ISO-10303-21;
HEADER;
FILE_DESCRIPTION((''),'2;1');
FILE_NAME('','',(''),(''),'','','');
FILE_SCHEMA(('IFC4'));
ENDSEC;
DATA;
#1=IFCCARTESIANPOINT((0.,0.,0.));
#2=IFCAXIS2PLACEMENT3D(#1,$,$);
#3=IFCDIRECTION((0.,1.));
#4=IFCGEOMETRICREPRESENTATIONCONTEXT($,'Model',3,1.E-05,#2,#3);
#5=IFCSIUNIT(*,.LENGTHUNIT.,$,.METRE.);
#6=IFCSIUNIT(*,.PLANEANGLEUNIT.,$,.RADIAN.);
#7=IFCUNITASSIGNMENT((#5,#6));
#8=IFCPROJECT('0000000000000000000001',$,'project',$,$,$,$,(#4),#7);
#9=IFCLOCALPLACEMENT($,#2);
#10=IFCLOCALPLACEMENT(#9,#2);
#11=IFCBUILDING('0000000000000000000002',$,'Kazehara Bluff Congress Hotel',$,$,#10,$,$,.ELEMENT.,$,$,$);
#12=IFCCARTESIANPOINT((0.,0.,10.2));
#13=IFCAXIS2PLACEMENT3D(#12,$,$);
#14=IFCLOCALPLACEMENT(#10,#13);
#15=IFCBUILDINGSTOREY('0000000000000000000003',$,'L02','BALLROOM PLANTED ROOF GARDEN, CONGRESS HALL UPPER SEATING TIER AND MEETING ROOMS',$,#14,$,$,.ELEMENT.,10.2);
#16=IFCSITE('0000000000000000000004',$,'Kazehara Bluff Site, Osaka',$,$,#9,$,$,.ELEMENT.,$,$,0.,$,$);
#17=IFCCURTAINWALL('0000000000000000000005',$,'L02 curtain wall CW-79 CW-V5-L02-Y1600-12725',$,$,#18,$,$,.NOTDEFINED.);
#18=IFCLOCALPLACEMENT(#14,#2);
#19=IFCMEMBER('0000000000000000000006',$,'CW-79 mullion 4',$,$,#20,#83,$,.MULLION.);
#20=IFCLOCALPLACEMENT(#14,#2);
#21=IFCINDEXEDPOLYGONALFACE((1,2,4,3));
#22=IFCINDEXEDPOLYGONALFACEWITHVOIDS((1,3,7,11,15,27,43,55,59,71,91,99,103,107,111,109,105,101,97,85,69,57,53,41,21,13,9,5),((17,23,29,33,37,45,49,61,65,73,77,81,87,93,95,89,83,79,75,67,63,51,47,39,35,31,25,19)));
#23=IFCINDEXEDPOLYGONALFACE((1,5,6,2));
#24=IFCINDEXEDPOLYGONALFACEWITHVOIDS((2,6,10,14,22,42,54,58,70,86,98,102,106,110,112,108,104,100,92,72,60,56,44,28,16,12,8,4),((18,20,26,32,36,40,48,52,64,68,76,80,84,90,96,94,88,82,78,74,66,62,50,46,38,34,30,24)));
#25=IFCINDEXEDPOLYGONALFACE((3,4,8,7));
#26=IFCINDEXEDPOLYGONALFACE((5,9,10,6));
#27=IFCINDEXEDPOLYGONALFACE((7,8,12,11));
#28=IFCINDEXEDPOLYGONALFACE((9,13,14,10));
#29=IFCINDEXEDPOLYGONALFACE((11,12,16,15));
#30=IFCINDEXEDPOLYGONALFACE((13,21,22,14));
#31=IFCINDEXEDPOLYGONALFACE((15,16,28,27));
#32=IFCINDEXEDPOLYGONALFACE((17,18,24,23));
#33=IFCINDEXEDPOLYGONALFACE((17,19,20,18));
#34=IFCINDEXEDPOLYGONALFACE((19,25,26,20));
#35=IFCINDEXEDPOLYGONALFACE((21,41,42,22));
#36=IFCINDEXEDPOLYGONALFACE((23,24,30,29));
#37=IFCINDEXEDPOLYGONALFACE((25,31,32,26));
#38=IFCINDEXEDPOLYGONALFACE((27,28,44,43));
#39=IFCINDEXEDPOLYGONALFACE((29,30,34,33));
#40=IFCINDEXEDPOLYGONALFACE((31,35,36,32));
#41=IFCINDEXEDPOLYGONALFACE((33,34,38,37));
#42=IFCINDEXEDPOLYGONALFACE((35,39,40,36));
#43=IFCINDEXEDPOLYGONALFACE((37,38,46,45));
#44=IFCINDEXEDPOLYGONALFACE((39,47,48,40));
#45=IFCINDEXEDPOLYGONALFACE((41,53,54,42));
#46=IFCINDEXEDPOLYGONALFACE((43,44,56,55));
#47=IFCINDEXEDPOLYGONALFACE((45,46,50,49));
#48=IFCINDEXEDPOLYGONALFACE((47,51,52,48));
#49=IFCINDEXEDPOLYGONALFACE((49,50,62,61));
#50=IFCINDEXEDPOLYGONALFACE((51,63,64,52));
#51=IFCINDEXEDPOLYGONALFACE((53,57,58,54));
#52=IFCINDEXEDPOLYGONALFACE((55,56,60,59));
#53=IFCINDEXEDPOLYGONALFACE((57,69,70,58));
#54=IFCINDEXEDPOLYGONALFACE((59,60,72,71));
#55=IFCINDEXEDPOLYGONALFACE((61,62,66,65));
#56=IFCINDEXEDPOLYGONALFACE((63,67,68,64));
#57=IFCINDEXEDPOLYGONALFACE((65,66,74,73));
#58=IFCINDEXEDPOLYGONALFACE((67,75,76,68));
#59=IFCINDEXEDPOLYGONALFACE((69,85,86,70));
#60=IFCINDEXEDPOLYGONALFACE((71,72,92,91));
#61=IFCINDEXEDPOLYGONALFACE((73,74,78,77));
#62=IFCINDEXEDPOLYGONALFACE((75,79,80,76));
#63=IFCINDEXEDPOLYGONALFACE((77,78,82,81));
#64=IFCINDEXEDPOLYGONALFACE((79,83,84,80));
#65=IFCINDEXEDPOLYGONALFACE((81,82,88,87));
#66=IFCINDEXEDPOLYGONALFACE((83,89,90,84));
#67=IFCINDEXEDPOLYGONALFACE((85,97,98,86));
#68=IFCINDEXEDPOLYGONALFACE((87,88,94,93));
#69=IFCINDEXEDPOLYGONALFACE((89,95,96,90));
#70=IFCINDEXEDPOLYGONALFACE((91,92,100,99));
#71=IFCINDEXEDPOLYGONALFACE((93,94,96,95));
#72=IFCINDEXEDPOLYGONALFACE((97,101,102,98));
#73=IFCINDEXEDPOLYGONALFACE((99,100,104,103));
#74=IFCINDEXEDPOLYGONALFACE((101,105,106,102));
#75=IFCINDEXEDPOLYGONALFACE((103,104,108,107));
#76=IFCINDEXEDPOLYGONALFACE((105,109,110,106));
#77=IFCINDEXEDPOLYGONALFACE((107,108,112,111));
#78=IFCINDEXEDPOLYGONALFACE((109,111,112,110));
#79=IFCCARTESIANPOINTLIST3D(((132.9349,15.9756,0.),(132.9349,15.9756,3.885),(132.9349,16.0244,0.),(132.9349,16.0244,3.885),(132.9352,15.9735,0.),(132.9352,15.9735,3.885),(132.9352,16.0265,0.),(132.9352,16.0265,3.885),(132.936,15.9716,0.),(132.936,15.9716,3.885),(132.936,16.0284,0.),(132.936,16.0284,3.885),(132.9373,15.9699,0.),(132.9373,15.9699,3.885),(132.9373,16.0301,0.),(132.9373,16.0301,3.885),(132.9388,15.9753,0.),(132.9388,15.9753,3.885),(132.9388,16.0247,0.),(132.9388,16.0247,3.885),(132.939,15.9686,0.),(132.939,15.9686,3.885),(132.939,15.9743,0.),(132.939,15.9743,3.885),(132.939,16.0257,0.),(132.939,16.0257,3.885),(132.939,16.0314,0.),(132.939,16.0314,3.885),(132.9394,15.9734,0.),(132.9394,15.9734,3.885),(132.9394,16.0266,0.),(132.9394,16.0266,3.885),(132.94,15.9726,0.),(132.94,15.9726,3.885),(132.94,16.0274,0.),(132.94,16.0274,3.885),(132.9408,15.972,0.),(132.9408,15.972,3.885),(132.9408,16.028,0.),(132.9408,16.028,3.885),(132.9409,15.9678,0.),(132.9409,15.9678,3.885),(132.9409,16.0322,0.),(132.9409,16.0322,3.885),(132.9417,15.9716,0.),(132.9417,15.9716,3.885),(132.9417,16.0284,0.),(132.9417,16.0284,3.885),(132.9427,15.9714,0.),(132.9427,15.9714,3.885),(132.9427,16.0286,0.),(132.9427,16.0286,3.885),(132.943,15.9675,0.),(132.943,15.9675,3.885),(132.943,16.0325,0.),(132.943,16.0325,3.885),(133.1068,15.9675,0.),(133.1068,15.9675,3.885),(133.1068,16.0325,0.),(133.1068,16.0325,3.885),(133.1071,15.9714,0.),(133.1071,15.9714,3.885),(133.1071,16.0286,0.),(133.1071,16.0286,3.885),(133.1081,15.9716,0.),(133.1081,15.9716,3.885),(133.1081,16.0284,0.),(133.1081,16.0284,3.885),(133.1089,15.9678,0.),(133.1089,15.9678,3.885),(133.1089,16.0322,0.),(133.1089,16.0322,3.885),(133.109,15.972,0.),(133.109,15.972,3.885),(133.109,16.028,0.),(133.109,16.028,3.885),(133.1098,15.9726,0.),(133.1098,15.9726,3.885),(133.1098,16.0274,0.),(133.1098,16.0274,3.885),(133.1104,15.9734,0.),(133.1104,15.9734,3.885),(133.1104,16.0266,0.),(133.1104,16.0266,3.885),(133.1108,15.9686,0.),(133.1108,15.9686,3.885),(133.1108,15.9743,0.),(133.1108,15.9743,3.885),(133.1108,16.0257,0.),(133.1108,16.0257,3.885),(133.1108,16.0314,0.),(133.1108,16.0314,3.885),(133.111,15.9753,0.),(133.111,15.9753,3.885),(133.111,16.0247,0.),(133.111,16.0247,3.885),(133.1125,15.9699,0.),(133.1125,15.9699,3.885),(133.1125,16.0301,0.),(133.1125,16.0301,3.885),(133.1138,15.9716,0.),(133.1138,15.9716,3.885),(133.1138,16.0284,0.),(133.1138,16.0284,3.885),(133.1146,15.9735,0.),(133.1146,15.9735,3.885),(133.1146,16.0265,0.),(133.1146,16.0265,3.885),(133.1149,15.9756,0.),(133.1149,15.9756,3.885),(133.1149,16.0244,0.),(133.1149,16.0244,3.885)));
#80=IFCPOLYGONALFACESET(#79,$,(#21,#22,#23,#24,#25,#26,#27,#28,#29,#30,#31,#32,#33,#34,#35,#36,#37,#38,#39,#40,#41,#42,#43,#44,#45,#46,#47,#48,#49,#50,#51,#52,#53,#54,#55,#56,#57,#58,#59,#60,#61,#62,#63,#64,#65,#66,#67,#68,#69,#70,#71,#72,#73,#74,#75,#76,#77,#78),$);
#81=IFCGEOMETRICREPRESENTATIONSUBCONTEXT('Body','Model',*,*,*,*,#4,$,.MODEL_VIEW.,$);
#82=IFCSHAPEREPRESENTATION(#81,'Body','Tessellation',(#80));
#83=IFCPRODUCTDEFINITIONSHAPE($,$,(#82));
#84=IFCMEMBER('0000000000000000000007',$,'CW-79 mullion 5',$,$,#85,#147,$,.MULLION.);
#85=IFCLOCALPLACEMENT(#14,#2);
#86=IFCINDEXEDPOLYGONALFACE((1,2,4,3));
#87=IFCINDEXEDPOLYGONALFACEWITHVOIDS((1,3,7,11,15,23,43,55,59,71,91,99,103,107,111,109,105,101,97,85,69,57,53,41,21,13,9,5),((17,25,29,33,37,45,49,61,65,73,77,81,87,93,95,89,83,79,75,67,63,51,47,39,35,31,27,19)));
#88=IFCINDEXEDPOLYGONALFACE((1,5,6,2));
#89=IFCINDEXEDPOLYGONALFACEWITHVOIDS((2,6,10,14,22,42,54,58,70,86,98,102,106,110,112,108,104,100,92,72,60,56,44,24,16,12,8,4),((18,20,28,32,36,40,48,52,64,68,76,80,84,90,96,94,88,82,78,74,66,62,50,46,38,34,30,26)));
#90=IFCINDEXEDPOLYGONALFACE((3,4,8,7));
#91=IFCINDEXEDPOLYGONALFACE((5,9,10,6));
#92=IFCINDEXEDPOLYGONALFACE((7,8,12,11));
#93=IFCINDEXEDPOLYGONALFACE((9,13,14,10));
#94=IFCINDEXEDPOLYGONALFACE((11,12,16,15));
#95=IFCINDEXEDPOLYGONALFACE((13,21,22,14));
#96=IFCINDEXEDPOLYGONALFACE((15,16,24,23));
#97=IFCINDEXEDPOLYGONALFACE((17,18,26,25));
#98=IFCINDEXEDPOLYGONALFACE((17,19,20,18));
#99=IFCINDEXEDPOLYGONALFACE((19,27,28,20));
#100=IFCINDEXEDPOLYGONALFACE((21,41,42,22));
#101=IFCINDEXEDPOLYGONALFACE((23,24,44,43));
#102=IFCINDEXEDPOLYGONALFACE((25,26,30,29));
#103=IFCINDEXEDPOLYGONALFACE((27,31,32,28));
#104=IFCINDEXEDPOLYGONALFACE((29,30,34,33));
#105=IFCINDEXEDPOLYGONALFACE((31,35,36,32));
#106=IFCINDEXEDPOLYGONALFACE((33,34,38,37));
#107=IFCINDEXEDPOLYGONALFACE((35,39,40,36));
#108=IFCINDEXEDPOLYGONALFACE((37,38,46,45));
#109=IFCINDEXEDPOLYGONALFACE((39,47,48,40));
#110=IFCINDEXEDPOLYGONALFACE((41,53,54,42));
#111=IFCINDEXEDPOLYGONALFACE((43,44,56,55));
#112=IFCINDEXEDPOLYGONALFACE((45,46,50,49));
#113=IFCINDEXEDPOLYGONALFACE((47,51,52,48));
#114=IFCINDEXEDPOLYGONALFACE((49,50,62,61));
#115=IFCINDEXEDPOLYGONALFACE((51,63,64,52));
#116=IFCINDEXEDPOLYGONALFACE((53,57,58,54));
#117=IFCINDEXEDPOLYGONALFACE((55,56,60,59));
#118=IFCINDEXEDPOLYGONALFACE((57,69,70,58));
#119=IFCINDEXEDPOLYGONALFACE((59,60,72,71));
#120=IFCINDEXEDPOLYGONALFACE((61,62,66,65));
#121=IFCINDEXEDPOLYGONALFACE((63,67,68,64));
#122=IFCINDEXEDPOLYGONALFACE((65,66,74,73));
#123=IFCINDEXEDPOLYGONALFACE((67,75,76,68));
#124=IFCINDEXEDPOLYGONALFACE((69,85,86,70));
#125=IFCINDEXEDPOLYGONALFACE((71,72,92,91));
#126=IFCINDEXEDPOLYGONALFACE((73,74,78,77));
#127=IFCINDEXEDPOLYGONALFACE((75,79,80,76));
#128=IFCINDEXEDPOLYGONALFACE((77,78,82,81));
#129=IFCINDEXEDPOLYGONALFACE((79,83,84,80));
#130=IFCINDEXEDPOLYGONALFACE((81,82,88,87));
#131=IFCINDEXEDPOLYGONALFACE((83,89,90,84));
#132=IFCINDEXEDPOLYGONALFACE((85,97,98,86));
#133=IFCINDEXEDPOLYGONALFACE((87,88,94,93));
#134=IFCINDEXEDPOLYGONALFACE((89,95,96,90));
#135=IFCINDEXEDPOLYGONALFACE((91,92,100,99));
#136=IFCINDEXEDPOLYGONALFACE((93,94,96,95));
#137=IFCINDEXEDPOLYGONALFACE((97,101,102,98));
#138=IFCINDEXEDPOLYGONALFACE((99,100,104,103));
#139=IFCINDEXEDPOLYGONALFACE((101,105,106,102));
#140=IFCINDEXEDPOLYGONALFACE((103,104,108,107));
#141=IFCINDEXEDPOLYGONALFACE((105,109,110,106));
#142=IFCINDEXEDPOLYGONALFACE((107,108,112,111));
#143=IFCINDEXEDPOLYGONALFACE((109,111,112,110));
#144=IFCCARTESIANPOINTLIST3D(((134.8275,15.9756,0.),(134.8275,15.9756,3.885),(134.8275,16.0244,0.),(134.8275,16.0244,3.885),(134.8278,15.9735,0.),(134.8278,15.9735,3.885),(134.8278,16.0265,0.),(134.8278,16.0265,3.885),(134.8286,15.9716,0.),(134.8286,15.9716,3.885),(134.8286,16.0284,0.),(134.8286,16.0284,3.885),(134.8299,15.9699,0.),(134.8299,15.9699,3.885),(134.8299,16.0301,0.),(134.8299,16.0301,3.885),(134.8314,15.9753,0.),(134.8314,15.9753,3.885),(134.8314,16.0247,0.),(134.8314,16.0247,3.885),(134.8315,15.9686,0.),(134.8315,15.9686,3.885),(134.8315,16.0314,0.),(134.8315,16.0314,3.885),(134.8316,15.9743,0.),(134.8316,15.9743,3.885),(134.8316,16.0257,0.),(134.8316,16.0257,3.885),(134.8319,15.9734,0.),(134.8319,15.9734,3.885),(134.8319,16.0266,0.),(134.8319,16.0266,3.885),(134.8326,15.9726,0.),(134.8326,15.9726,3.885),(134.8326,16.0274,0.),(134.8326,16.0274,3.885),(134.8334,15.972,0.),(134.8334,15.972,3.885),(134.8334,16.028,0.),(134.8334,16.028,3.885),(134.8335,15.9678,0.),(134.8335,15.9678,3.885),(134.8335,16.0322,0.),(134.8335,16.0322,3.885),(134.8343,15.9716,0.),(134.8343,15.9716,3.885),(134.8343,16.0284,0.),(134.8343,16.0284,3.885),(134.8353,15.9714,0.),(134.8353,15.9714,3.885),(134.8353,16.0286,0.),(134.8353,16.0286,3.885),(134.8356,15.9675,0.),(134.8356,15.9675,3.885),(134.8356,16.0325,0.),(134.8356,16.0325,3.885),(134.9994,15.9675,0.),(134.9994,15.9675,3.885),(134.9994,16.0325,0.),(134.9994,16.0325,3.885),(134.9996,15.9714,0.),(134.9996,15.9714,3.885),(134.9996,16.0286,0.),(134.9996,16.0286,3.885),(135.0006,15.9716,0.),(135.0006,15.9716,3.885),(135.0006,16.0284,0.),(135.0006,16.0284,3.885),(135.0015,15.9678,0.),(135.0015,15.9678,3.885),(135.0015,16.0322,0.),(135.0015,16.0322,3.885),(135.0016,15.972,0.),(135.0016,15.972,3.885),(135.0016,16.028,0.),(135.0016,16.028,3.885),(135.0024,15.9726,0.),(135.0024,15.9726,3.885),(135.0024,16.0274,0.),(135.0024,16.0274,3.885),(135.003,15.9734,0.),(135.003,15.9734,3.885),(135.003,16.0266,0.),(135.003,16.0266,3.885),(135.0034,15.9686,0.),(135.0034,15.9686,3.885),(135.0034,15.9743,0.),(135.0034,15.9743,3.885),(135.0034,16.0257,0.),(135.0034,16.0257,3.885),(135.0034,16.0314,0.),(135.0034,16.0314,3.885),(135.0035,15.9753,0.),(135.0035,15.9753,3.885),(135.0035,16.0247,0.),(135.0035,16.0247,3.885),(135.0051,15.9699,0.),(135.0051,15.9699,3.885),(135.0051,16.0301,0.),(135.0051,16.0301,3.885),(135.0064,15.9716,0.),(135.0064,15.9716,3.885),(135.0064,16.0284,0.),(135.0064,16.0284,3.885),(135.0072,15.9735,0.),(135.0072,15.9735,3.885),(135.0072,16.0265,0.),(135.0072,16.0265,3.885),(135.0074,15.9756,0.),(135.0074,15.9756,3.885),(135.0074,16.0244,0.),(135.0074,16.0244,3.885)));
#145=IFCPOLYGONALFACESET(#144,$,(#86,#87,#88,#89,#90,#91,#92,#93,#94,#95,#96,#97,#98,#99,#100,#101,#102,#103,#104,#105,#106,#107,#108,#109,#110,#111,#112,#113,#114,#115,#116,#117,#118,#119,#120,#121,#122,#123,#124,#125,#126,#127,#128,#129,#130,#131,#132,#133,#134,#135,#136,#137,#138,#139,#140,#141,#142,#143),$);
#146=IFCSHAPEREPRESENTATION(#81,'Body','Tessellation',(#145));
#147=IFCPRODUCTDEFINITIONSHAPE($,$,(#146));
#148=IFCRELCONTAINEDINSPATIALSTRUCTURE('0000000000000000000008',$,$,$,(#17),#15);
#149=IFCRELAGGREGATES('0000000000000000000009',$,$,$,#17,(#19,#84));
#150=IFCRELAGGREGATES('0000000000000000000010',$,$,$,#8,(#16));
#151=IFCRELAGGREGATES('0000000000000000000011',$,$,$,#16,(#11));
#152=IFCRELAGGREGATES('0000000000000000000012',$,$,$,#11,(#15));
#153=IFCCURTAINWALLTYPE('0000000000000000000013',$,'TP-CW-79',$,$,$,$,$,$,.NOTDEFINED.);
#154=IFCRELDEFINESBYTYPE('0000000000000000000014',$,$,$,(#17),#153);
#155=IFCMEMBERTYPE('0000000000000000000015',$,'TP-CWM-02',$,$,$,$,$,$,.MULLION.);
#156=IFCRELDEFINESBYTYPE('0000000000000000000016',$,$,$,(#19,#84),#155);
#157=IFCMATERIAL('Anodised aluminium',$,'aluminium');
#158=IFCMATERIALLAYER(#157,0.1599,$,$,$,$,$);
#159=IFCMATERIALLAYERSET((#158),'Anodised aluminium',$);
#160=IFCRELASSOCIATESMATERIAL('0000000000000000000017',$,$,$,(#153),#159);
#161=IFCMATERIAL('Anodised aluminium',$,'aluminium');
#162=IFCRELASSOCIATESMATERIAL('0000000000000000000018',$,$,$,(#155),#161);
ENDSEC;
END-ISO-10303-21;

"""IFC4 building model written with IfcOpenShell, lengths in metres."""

from ifc_helpers import new_model, si_unit, direction, frame, origin, origin_2d, place, context, subcontext, project, spatial, hollow_rectangle, extrude, material, layer, layer_set, material_profile, profile_set, type_object, element, aggregate, save


model = new_model("IFC4")

# Units and contexts
model_context = context("Model", 3, precision=1e-05, world=origin(), true_north=direction((0.0, 1.0)))
body_context = subcontext(model_context, "Body", "Model", "MODEL_VIEW")
ifc_project = project(units=[si_unit("LENGTHUNIT", "METRE"), si_unit("PLANEANGLEUNIT", "RADIAN")], contexts=[model_context])

# Site, building, storey
site_placement = place(None, origin())
site = spatial("IfcSite", under=ifc_project, at=site_placement, Name="Kazehara Bluff Site, Osaka", CompositionType="ELEMENT", RefElevation=0.0)
building_placement = place(site_placement, origin())
building = spatial("IfcBuilding", under=site, at=building_placement, Name="Kazehara Bluff Congress Hotel", CompositionType="ELEMENT")
storey_placement = place(building_placement, frame((0.0, 0.0, 10.2)))
storey = spatial("IfcBuildingStorey", under=building, at=storey_placement, Name="L02", Description="BALLROOM PLANTED ROOF GARDEN, CONGRESS HALL UPPER SEATING TIER AND MEETING ROOMS", CompositionType="ELEMENT", Elevation=10.2)

# Curtain wall, members
ifc_material_1 = material(Name="Anodised aluminium", Category="aluminium")
ifc_layer_1 = layer(ifc_material_1, 0.1599)
ifc_layer_set_1 = layer_set([ifc_layer_1], Name="Anodised aluminium")
curtain_wall_type_1 = type_object("IfcCurtainWallType", Name="TP-CW-79", PredefinedType="NOTDEFINED", material=ifc_layer_set_1)
curtain_wall_1_placement = place(storey_placement, origin())
curtain_wall_1 = element("IfcCurtainWall", 1, at=curtain_wall_1_placement, inside=storey, type_object=curtain_wall_type_1, Name="L02 curtain wall CW-79 CW-V5-L02-Y1600-12725", PredefinedType="NOTDEFINED")
ifc_material_2 = material(Name="Anodised aluminium", Category="aluminium")
ifc_material_profile_1 = material_profile(ifc_material_2, hollow_rectangle(XDim=0.0649, YDim=0.1799, WallThickness=0.0039, InnerFilletRadius=0.0039, OuterFilletRadius=0.0081, at=origin_2d()))
ifc_profile_set_1 = profile_set([ifc_material_profile_1], Name="Anodised aluminium")
member_type_1 = type_object("IfcMemberType", Name="TP-CWM-02", PredefinedType="MULLION", material=ifc_profile_set_1)
member_1_placement = place(storey_placement, frame((133.0249, 16.0, 0.0), z_axis=(0.0, 0.0, 1.0), x_axis=(0.0, 1.0, 0.0)))
member_1 = element("IfcMember", 2, at=member_1_placement, type_object=member_type_1, Name="CW-79 mullion 4", PredefinedType="MULLION", context=body_context, shape_type="SweptSolid", body=[
    extrude(hollow_rectangle(XDim=0.0649, YDim=0.1799, WallThickness=0.0039, InnerFilletRadius=0.0039, OuterFilletRadius=0.0081, at=origin_2d()), origin(), (0.0, 0.0, 1.0), 3.885),
])
member_2_placement = place(storey_placement, frame((134.9175, 16.0, 0.0), z_axis=(0.0, 0.0, 1.0), x_axis=(0.0, 1.0, 0.0)))
member_2 = element("IfcMember", 3, at=member_2_placement, type_object=member_type_1, Name="CW-79 mullion 5", PredefinedType="MULLION", context=body_context, shape_type="SweptSolid", body=[
    extrude(hollow_rectangle(XDim=0.0649, YDim=0.1799, WallThickness=0.0039, InnerFilletRadius=0.0039, OuterFilletRadius=0.0081, at=origin_2d()), origin(), (0.0, 0.0, 1.0), 3.885),
])

aggregate(curtain_wall_1, [member_1, member_2])

save(model, "model.ifc")
